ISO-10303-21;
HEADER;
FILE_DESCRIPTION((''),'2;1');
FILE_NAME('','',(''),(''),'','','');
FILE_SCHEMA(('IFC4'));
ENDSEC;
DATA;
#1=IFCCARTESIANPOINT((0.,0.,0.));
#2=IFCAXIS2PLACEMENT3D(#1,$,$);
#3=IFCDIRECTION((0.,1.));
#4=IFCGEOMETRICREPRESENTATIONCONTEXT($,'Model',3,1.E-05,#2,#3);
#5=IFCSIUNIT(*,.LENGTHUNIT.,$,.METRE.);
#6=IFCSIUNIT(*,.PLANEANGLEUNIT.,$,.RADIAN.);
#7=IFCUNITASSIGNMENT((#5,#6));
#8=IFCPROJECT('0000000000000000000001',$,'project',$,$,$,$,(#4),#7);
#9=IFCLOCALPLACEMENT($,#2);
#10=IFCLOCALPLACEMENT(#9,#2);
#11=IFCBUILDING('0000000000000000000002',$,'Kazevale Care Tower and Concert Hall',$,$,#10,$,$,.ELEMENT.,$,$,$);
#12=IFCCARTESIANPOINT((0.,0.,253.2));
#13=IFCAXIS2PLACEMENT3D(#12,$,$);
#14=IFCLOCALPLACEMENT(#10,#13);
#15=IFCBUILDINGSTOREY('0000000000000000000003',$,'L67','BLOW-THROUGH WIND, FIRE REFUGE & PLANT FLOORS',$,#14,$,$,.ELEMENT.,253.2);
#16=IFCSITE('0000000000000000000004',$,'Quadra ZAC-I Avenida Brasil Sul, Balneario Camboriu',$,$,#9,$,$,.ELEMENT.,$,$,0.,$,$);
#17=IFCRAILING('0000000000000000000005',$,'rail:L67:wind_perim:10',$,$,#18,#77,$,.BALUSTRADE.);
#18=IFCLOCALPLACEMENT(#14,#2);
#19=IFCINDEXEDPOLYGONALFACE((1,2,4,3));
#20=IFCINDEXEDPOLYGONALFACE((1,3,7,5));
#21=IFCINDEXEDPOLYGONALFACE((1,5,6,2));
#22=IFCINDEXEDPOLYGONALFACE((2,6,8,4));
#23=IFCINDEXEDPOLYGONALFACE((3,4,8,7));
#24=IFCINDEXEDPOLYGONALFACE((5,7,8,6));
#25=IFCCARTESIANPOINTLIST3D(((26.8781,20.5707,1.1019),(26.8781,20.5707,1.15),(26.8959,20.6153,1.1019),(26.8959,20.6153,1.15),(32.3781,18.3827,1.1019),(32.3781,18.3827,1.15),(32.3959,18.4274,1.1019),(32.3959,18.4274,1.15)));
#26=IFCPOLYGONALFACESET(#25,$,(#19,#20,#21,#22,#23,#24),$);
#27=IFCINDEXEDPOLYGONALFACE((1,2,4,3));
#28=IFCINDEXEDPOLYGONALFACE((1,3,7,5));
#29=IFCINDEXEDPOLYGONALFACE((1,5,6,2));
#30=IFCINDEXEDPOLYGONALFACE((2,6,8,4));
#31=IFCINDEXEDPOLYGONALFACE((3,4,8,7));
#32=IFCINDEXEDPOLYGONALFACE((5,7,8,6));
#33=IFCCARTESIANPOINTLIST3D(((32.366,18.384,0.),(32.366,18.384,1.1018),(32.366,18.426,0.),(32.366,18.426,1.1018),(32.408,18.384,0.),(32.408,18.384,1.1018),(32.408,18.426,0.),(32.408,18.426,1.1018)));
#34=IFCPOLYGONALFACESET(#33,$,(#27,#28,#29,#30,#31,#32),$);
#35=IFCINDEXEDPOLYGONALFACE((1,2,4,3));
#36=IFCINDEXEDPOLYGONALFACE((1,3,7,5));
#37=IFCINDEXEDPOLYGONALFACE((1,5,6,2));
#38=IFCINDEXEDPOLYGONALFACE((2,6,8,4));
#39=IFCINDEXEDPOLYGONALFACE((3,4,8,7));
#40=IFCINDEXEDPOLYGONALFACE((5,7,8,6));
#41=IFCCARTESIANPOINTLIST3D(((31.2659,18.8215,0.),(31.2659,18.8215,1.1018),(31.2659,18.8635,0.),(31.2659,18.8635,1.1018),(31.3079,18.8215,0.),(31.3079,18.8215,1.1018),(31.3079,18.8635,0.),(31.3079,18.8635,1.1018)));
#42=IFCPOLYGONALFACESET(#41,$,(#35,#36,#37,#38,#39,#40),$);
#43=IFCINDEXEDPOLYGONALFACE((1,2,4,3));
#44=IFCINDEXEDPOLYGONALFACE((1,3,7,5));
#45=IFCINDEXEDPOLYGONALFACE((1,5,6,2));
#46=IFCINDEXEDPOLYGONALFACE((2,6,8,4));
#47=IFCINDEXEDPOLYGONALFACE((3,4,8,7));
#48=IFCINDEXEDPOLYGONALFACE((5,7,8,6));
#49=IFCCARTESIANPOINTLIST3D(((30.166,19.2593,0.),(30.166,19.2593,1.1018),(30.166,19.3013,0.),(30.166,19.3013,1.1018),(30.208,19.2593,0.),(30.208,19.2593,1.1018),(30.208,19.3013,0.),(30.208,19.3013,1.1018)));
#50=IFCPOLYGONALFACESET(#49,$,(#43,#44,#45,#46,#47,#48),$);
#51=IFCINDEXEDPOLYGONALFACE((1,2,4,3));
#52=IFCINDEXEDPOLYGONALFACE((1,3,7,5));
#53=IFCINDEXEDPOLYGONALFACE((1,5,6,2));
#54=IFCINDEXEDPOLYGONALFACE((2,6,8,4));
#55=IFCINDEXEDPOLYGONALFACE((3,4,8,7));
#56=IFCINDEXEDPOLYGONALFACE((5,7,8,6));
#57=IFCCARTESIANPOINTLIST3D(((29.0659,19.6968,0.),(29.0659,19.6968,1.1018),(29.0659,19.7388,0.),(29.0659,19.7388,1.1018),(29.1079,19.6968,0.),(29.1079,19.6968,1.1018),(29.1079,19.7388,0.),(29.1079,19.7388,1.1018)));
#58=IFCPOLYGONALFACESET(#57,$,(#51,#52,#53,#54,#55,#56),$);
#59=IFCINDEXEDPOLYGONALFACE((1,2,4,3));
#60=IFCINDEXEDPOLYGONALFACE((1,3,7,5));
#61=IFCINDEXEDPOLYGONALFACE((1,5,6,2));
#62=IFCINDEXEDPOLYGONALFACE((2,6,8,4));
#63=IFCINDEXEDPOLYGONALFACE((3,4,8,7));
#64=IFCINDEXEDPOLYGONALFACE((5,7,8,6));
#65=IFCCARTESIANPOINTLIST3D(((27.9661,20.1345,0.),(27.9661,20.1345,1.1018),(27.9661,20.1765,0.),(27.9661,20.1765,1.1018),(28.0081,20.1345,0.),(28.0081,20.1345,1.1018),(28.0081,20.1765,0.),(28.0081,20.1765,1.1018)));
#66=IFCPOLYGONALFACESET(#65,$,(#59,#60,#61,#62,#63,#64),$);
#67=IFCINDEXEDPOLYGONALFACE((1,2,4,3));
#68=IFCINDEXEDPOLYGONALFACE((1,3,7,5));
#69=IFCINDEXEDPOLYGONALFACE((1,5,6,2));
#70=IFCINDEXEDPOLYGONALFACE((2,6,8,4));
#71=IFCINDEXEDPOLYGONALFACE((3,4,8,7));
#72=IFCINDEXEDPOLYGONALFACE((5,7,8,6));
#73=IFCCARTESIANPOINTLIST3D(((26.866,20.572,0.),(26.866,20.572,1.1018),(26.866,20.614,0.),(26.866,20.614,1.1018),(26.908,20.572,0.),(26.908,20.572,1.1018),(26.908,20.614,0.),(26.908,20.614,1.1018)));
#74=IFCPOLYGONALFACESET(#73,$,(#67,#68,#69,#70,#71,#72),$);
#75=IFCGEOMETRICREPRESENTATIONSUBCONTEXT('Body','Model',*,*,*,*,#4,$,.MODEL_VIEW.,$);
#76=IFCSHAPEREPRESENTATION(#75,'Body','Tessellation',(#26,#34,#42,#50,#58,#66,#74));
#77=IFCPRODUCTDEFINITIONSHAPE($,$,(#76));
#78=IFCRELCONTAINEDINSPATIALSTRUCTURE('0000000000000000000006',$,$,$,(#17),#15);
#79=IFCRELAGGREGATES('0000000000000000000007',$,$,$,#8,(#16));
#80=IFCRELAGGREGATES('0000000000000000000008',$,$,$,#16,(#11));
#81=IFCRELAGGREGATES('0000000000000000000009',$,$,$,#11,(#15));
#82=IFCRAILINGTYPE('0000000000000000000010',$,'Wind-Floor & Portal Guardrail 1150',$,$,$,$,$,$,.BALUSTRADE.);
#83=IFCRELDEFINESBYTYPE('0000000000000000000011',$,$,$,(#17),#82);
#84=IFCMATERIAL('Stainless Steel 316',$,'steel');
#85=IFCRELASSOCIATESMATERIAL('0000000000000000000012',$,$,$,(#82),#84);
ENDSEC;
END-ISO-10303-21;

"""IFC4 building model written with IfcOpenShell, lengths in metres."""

from ifc_helpers import new_model, si_unit, direction, frame, origin, origin_2d, place, context, subcontext, project, spatial, rectangle, extrude, material, type_object, element, save


model = new_model("IFC4")

# Units and contexts
model_context = context("Model", 3, precision=1e-05, world=origin(), true_north=direction((0.0, 1.0)))
body_context = subcontext(model_context, "Body", "Model", "MODEL_VIEW")
ifc_project = project(units=[si_unit("LENGTHUNIT", "METRE"), si_unit("PLANEANGLEUNIT", "RADIAN")], contexts=[model_context])

# Site, building, storey
site_placement = place(None, origin())
site = spatial("IfcSite", under=ifc_project, at=site_placement, Name="Quadra ZAC-I Avenida Brasil Sul, Balneario Camboriu", CompositionType="ELEMENT", RefElevation=0.0)
building_placement = place(site_placement, origin())
building = spatial("IfcBuilding", under=site, at=building_placement, Name="Kazevale Care Tower and Concert Hall", CompositionType="ELEMENT")
storey_placement = place(building_placement, frame((0.0, 0.0, 253.2)))
storey = spatial("IfcBuildingStorey", under=building, at=storey_placement, Name="L67", Description="BLOW-THROUGH WIND, FIRE REFUGE & PLANT FLOORS", CompositionType="ELEMENT", Elevation=253.2)

# Railing
ifc_material_1 = material(Name="Stainless Steel 316", Category="steel")
railing_type = type_object("IfcRailingType", Name="Wind-Floor & Portal Guardrail 1150", PredefinedType="BALUSTRADE", material=ifc_material_1)
railing_placement = place(storey_placement, frame((32.387, 18.405, 0.0)))
element("IfcRailing", 1, at=railing_placement, inside=storey, type_object=railing_type, Name="rail:L67:wind_perim:10", PredefinedType="BALUSTRADE", context=body_context, shape_type="SweptSolid", body=[
    extrude(rectangle(XDim=0.0481, YDim=0.0481, at=origin_2d()), frame((0.0, 0.0, 1.126), z_axis=(-0.929175, 0.369641, 0.0), x_axis=(-0.369641, -0.929175, 0.0)), (0.0, 0.0, 1.0), 5.9192),
    extrude(rectangle(XDim=0.042, YDim=0.042, at=origin_2d()), origin(), (0.0, 0.0, 1.0), 1.1018),
    extrude(rectangle(XDim=0.042, YDim=0.042, at=origin_2d()), frame((-1.1001, 0.4375, 0.0)), (0.0, 0.0, 1.0), 1.1018),
    extrude(rectangle(XDim=0.042, YDim=0.042, at=origin_2d()), frame((-2.2, 0.8752, 0.0)), (0.0, 0.0, 1.0), 1.1018),
    extrude(rectangle(XDim=0.042, YDim=0.042, at=origin_2d()), frame((-3.3, 1.3127, 0.0)), (0.0, 0.0, 1.0), 1.1018),
    extrude(rectangle(XDim=0.042, YDim=0.042, at=origin_2d()), frame((-4.3999, 1.7505, 0.0)), (0.0, 0.0, 1.0), 1.1018),
    extrude(rectangle(XDim=0.042, YDim=0.042, at=origin_2d()), frame((-5.5, 2.188, 0.0)), (0.0, 0.0, 1.0), 1.1018),
])

save(model, "model.ifc")
